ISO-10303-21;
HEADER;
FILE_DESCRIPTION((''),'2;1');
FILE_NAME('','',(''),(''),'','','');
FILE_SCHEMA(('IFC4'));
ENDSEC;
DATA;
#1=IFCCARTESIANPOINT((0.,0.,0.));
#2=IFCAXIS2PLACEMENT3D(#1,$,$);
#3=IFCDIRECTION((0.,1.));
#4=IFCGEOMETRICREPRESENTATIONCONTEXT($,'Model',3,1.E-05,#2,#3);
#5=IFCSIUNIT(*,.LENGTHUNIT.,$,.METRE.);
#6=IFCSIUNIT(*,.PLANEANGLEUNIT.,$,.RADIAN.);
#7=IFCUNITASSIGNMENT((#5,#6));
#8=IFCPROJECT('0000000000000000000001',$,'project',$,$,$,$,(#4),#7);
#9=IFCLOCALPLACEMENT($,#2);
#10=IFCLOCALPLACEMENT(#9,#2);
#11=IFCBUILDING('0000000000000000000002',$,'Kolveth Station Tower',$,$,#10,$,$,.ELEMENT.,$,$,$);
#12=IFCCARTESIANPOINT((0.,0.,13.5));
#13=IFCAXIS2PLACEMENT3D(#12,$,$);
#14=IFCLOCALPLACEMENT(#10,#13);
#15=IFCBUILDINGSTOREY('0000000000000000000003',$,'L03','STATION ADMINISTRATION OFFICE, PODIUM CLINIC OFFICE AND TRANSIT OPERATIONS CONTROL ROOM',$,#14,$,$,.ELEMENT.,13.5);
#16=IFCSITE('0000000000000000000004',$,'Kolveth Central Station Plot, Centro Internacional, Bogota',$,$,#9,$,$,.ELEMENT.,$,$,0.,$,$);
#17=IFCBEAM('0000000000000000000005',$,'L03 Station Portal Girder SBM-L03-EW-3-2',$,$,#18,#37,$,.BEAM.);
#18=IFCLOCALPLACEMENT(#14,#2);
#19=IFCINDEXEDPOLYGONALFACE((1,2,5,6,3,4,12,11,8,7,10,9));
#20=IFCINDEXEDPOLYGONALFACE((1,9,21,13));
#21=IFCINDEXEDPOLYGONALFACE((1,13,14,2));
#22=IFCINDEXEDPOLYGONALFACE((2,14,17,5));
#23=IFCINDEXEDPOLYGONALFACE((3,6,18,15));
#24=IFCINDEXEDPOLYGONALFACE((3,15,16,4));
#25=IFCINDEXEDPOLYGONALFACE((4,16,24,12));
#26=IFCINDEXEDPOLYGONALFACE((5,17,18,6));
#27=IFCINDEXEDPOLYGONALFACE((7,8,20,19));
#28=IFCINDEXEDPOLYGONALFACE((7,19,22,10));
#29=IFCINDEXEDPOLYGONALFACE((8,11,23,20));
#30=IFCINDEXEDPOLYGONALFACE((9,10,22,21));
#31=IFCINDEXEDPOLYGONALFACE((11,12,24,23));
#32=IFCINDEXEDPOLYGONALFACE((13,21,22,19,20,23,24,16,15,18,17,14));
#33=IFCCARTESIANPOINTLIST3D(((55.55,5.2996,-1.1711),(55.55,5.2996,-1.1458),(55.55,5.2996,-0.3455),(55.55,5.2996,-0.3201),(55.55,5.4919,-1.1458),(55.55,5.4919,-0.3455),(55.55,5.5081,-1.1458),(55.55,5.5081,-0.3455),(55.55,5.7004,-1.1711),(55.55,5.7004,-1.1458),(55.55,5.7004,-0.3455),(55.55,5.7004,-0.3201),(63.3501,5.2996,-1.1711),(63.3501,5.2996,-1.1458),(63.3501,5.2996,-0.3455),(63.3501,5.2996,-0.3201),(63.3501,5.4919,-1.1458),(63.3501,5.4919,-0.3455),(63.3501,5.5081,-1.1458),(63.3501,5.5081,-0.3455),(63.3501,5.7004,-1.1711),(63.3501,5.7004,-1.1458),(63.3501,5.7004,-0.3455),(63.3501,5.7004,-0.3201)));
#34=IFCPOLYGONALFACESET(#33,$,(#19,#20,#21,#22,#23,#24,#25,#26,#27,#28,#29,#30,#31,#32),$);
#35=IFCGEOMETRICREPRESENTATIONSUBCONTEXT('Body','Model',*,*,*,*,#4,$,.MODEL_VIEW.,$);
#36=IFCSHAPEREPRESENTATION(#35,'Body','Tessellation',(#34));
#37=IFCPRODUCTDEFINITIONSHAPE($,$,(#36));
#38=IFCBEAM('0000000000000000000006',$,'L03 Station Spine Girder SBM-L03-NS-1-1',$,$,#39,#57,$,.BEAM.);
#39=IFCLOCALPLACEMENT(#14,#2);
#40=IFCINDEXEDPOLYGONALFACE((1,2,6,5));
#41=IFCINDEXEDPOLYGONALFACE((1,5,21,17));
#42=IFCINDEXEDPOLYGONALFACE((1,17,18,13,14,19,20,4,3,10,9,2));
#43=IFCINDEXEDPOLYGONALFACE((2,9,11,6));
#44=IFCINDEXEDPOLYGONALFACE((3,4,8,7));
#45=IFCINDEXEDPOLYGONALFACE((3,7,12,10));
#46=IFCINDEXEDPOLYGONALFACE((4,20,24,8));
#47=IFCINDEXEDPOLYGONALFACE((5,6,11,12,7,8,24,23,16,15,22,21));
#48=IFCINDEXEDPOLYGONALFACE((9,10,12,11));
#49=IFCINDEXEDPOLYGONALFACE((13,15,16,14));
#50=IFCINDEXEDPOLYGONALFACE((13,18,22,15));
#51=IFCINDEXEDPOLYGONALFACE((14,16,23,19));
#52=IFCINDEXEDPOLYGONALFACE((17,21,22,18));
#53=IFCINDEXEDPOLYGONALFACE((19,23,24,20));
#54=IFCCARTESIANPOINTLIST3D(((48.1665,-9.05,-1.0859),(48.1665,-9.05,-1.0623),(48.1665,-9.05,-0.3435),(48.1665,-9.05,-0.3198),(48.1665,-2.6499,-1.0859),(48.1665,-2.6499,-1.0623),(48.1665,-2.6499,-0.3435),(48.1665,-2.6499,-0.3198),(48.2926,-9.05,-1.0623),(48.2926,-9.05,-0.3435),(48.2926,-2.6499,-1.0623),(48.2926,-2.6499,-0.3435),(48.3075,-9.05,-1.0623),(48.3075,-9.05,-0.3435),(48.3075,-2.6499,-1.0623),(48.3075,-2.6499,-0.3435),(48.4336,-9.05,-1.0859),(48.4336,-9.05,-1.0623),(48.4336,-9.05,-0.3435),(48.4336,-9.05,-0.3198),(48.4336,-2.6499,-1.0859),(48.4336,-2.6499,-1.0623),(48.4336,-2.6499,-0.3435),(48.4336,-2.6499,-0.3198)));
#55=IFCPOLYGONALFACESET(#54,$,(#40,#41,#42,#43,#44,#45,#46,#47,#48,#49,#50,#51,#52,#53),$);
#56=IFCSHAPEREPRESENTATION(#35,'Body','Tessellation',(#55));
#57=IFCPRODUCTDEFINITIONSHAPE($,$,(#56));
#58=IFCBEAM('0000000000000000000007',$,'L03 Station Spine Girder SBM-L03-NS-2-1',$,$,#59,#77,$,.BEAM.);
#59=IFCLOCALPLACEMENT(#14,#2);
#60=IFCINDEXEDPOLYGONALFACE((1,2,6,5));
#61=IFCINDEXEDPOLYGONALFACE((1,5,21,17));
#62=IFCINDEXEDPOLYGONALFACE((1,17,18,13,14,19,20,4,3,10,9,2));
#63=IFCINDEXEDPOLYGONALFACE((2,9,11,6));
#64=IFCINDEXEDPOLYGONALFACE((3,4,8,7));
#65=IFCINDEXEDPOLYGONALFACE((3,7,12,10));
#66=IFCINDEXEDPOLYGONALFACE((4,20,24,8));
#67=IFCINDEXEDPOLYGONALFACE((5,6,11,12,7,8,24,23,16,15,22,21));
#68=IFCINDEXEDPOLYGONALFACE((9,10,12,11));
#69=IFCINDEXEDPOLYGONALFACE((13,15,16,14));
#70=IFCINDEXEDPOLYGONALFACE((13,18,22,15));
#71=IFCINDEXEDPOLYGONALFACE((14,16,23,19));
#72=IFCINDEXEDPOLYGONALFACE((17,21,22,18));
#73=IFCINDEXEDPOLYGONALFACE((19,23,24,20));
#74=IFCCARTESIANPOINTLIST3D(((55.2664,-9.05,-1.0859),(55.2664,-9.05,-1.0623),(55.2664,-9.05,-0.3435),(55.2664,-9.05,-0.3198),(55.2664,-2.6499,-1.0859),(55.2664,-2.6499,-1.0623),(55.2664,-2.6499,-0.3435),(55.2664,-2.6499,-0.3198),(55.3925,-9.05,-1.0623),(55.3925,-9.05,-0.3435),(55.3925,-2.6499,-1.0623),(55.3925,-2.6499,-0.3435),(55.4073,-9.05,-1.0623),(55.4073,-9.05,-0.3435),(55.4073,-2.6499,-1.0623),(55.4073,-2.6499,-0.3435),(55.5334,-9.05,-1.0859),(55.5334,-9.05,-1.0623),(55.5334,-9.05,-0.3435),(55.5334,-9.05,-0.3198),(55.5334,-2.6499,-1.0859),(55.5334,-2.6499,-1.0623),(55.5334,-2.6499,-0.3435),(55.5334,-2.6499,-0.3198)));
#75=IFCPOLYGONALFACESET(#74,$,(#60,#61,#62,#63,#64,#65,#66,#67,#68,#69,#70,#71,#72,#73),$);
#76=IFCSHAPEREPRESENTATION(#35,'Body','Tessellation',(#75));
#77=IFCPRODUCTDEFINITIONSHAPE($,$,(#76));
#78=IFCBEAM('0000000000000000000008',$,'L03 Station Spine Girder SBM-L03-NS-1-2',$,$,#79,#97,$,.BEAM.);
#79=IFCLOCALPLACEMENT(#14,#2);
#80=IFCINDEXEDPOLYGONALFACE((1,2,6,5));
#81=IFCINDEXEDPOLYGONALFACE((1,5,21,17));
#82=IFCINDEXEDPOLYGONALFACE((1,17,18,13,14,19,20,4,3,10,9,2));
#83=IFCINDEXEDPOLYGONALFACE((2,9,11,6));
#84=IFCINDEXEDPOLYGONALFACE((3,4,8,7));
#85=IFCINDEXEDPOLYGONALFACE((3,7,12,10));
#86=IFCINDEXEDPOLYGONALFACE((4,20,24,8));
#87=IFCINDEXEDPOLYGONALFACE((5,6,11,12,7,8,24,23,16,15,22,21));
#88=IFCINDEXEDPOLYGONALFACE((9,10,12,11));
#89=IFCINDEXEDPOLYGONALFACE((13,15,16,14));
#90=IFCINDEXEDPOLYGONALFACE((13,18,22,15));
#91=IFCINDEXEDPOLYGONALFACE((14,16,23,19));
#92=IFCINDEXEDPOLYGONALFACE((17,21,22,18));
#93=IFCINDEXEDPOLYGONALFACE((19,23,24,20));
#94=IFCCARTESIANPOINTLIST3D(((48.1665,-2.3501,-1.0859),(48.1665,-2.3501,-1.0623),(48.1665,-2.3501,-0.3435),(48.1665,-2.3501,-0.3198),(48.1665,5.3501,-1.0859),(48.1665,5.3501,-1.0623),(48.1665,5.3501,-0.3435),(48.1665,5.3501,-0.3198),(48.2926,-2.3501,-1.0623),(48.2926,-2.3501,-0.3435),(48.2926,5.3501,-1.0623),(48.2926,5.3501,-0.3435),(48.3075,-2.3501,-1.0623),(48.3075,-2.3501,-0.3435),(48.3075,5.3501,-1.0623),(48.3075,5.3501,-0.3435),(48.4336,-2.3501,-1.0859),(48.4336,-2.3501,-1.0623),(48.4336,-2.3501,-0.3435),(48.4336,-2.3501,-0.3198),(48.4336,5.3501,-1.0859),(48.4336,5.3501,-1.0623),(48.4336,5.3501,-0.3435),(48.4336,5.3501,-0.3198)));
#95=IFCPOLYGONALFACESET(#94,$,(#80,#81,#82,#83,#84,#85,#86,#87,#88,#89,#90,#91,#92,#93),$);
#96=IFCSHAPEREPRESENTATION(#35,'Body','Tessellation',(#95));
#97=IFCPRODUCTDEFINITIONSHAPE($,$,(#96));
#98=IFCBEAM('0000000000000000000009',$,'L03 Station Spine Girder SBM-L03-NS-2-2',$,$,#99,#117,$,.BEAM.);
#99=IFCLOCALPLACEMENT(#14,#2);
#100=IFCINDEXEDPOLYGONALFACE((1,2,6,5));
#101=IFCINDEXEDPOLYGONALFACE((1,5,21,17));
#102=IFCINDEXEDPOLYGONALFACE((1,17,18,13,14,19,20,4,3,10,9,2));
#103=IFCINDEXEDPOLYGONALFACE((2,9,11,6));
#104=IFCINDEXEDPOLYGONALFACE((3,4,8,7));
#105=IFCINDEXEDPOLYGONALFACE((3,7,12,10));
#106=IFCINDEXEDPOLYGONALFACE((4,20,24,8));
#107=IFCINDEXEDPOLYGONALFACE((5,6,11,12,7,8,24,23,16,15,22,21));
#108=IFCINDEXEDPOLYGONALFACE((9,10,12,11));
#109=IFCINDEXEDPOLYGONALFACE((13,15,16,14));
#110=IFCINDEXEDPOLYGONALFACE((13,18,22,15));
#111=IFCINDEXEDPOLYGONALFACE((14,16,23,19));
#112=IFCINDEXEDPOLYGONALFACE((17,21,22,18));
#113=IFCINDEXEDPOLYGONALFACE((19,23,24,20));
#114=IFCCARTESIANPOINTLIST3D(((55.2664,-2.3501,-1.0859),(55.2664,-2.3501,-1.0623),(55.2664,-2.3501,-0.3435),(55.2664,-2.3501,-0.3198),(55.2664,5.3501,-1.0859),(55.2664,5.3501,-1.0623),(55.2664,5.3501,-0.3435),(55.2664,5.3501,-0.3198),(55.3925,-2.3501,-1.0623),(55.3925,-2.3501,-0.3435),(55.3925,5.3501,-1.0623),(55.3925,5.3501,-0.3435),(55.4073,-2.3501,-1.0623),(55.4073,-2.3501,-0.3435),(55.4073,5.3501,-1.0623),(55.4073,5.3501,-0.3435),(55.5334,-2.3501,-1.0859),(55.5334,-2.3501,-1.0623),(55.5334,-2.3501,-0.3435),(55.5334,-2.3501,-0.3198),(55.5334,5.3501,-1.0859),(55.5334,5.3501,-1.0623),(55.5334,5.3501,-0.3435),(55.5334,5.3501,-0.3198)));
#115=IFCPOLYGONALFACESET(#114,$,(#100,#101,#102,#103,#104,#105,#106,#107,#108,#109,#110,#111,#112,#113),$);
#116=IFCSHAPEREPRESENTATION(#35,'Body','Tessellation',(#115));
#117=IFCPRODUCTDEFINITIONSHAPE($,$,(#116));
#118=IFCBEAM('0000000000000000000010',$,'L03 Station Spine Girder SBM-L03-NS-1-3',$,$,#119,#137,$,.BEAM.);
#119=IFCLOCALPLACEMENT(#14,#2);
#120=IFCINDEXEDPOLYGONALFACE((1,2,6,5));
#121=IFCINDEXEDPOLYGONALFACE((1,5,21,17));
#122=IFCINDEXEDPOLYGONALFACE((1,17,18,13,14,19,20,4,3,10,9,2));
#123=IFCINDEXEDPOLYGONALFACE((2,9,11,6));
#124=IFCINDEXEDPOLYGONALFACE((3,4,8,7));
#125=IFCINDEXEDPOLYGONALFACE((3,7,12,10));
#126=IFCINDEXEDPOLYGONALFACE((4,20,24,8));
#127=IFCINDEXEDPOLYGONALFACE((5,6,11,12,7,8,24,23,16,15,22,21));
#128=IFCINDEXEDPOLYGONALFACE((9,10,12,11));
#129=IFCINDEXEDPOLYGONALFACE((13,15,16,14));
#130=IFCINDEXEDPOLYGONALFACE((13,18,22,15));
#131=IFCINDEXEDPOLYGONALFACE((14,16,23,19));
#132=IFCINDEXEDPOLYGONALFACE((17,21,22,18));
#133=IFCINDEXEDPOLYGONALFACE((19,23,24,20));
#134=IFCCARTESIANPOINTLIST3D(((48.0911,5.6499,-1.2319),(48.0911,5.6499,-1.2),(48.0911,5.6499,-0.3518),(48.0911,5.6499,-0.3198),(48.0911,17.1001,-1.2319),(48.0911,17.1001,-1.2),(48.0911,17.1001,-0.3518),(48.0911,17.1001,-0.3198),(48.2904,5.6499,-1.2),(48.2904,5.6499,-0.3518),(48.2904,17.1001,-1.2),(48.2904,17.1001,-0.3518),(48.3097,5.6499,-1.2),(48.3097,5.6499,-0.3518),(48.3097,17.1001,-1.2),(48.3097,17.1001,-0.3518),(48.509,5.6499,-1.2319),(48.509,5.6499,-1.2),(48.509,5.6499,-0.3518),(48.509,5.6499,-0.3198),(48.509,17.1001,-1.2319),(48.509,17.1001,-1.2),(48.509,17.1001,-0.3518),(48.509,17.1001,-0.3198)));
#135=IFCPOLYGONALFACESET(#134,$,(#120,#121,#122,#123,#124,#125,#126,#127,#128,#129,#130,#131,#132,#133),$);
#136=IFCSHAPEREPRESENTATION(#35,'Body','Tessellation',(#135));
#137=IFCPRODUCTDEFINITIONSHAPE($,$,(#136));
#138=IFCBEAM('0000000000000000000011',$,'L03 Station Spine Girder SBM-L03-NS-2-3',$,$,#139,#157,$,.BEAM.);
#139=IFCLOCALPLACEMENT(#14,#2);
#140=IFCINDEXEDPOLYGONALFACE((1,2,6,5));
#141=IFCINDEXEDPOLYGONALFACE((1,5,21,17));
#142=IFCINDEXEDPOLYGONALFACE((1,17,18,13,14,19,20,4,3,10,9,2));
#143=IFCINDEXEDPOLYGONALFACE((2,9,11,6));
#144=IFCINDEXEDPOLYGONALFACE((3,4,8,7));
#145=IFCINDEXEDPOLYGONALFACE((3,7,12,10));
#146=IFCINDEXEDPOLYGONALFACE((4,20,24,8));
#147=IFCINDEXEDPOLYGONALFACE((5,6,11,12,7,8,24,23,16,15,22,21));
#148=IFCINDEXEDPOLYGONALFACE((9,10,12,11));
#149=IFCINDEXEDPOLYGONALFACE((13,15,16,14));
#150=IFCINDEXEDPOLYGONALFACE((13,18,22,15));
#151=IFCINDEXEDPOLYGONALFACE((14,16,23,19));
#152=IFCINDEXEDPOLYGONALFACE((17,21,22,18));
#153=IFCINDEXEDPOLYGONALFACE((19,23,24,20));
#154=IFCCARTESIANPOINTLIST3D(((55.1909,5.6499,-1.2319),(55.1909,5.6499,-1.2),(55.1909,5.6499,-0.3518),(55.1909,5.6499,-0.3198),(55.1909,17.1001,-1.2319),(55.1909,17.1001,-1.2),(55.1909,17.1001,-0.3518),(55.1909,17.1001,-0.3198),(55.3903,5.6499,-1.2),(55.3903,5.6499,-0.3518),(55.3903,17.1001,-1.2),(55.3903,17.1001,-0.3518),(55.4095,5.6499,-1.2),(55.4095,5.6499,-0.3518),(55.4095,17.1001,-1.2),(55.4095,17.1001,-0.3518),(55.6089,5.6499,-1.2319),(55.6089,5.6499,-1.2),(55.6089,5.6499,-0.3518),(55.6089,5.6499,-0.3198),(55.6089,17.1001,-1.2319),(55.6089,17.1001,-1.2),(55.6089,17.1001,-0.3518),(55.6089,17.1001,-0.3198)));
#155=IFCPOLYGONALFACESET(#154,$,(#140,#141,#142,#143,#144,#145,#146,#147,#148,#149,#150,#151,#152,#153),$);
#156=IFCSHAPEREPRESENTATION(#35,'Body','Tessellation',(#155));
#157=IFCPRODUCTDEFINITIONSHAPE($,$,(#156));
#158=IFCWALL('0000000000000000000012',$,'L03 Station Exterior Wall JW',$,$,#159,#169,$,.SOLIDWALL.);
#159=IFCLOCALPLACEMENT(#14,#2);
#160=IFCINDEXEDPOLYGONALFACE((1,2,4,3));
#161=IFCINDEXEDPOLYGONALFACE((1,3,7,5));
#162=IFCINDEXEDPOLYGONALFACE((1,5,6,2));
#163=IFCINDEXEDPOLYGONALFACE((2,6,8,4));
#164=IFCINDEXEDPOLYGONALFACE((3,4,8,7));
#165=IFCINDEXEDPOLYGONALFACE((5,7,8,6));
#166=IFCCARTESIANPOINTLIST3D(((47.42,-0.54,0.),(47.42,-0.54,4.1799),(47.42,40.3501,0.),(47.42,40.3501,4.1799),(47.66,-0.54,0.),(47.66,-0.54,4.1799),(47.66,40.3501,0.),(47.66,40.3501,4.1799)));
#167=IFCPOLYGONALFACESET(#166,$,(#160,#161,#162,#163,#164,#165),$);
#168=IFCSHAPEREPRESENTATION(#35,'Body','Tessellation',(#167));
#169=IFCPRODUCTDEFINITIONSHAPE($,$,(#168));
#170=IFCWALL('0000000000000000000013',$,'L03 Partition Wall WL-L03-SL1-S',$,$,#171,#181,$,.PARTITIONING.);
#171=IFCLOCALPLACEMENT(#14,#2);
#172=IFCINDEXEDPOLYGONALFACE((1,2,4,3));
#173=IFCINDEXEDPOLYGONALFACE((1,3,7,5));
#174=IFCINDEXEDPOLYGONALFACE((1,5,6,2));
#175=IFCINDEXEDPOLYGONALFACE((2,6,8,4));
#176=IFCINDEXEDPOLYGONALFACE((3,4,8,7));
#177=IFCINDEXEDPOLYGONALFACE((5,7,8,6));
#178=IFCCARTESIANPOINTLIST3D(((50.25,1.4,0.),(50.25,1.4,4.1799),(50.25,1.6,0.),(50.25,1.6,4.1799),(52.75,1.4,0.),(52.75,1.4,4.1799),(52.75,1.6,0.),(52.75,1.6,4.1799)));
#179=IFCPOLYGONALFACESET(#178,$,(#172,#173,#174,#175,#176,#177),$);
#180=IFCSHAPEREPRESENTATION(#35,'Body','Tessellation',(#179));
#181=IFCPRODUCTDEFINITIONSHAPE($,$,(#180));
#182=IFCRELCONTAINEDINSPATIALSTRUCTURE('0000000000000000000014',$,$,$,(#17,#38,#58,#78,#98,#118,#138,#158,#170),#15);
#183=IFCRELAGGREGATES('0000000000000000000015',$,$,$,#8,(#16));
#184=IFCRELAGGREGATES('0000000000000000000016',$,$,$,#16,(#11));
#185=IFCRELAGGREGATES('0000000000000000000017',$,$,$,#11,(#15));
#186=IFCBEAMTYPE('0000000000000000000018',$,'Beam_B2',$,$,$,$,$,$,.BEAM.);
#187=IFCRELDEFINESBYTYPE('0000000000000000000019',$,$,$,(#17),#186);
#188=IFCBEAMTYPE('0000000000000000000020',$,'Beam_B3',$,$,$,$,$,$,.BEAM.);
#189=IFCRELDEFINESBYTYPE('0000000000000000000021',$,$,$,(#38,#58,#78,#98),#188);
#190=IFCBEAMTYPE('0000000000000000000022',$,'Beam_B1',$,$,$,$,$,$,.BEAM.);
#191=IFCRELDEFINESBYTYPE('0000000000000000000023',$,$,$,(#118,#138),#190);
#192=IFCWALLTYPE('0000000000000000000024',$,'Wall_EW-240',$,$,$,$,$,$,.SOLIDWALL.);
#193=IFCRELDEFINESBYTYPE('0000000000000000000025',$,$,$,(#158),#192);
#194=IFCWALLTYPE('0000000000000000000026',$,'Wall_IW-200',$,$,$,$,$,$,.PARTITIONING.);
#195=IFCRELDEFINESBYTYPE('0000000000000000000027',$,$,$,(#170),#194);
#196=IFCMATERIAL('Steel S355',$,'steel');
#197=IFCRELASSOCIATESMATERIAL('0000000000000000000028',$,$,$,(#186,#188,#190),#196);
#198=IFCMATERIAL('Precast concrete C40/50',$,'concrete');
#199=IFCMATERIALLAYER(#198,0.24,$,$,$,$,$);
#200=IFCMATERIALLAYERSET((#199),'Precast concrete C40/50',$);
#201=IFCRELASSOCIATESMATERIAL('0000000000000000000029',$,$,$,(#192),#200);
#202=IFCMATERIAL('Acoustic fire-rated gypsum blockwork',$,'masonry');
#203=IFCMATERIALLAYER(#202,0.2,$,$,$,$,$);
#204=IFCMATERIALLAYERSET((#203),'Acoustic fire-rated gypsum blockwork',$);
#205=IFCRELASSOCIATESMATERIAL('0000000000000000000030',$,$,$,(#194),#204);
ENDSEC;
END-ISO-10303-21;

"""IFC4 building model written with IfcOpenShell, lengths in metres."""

from ifc_helpers import new_model, si_unit, direction, frame, frame_2d, origin, origin_2d, place, context, subcontext, project, spatial, rectangle, i_section, extrude, source, transform, mapped, material, layer, layer_set, material_profile, profile_set, type_object, element, save


model = new_model("IFC4")

# Units and contexts
model_context = context("Model", 3, precision=1e-05, world=origin(), true_north=direction((0.0, 1.0)))
body_context = subcontext(model_context, "Body", "Model", "MODEL_VIEW")
ifc_project = project(units=[si_unit("LENGTHUNIT", "METRE"), si_unit("PLANEANGLEUNIT", "RADIAN")], contexts=[model_context])

# Site, building, storey
site_placement = place(None, origin())
site = spatial("IfcSite", under=ifc_project, at=site_placement, Name="Kolveth Central Station Plot, Centro Internacional, Bogota", CompositionType="ELEMENT", RefElevation=0.0)
building_placement = place(site_placement, origin())
building = spatial("IfcBuilding", under=site, at=building_placement, Name="Kolveth Station Tower", CompositionType="ELEMENT")
storey_placement = place(building_placement, frame((0.0, 0.0, 13.5)))
storey = spatial("IfcBuildingStorey", under=building, at=storey_placement, Name="L03", Description="STATION ADMINISTRATION OFFICE, PODIUM CLINIC OFFICE AND TRANSIT OPERATIONS CONTROL ROOM", CompositionType="ELEMENT", Elevation=13.5)

# Shared definitions
ifc_material_1 = material(Name="Steel S355", Category="steel")

# Beams
ifc_material_profile_1 = material_profile(ifc_material_1, i_section(OverallWidth=0.4009, OverallDepth=0.8511, WebThickness=0.0161, FlangeThickness=0.0254, at=origin_2d()), Name="W840x226")
ifc_profile_set_1 = profile_set([ifc_material_profile_1], Name="Steel S355")
beam_type_1 = type_object("IfcBeamType", Name="Beam_B2", PredefinedType="BEAM", material=ifc_profile_set_1)
shared_shape_1 = source(origin(), body_context, "Body", "SweptSolid", [
    extrude(i_section(OverallWidth=0.4009, OverallDepth=0.8511, WebThickness=0.0161, FlangeThickness=0.0254, at=origin_2d()), origin(), (0.0, 0.0, 1.0), 7.8),
])
for number, where, z_axis, x_axis, name in (
    (1, (55.55, 5.5, -0.7456), (1.0, 0.0, 0.0), (0.0, 1.0, 0.0), "L03 Station Portal Girder SBM-L03-EW-3-2"),
):
    element("IfcBeam", number, at=place(storey_placement, frame(where, z_axis=z_axis, x_axis=x_axis)), inside=storey, type_object=beam_type_1, Name=name, PredefinedType="BEAM", context=body_context, shape_type="MappedRepresentation", body=[
        mapped(shared_shape_1, transform((0.0, 0.0, 0.0), x_axis=(1.0, 0.0, 0.0), y_axis=(0.0, 1.0, 0.0), z_axis=(0.0, 0.0, 1.0), scale=1.0)),
    ])
ifc_material_profile_2 = material_profile(ifc_material_1, i_section(OverallWidth=0.2671, OverallDepth=0.7661, WebThickness=0.0149, FlangeThickness=0.0237, at=origin_2d()), Name="W760x185")
ifc_profile_set_2 = profile_set([ifc_material_profile_2], Name="Steel S355")
beam_type_2 = type_object("IfcBeamType", Name="Beam_B3", PredefinedType="BEAM", material=ifc_profile_set_2)
shared_shape_2 = source(origin(), body_context, "Body", "SweptSolid", [
    extrude(i_section(OverallWidth=0.2671, OverallDepth=0.7661, WebThickness=0.0149, FlangeThickness=0.0237, at=origin_2d()), origin(), (0.0, 0.0, 1.0), 6.4001),
])
for number, where, z_axis, x_axis, name in (
    (2, (48.3, -9.05, -0.7029), (0.0, 1.0, 0.0), (-1.0, 0.0, 0.0), "L03 Station Spine Girder SBM-L03-NS-1-1"),
    (3, (55.3999, -9.05, -0.7029), (0.0, 1.0, 0.0), (-1.0, 0.0, 0.0), "L03 Station Spine Girder SBM-L03-NS-2-1"),
):
    element("IfcBeam", number, at=place(storey_placement, frame(where, z_axis=z_axis, x_axis=x_axis)), inside=storey, type_object=beam_type_2, Name=name, PredefinedType="BEAM", context=body_context, shape_type="MappedRepresentation", body=[
        mapped(shared_shape_2, transform((0.0, 0.0, 0.0), x_axis=(1.0, 0.0, 0.0), y_axis=(0.0, 1.0, 0.0), z_axis=(0.0, 0.0, 1.0), scale=1.0)),
    ])
shared_shape_3 = source(origin(), body_context, "Body", "SweptSolid", [
    extrude(i_section(OverallWidth=0.2671, OverallDepth=0.7661, WebThickness=0.0149, FlangeThickness=0.0237, at=origin_2d()), origin(), (0.0, 0.0, 1.0), 7.7002),
])
for number, where, z_axis, x_axis, name in (
    (4, (48.3, -2.3501, -0.7029), (0.0, 1.0, 0.0), (-1.0, 0.0, 0.0), "L03 Station Spine Girder SBM-L03-NS-1-2"),
    (5, (55.3999, -2.3501, -0.7029), (0.0, 1.0, 0.0), (-1.0, 0.0, 0.0), "L03 Station Spine Girder SBM-L03-NS-2-2"),
):
    element("IfcBeam", number, at=place(storey_placement, frame(where, z_axis=z_axis, x_axis=x_axis)), inside=storey, type_object=beam_type_2, Name=name, PredefinedType="BEAM", context=body_context, shape_type="MappedRepresentation", body=[
        mapped(shared_shape_3, transform((0.0, 0.0, 0.0), x_axis=(1.0, 0.0, 0.0), y_axis=(0.0, 1.0, 0.0), z_axis=(0.0, 0.0, 1.0), scale=1.0)),
    ])
ifc_material_profile_3 = material_profile(ifc_material_1, i_section(OverallWidth=0.418, OverallDepth=0.9121, WebThickness=0.0193, FlangeThickness=0.032, at=origin_2d()), Name="W920x342")
ifc_profile_set_3 = profile_set([ifc_material_profile_3], Name="Steel S355")
beam_type_3 = type_object("IfcBeamType", Name="Beam_B1", PredefinedType="BEAM", material=ifc_profile_set_3)
shared_shape_4 = source(origin(), body_context, "Body", "SweptSolid", [
    extrude(i_section(OverallWidth=0.418, OverallDepth=0.9121, WebThickness=0.0193, FlangeThickness=0.032, at=origin_2d()), origin(), (0.0, 0.0, 1.0), 11.4502),
])
for number, where, z_axis, x_axis, name in (
    (6, (48.3, 5.6499, -0.7759), (0.0, 1.0, 0.0), (-1.0, 0.0, 0.0), "L03 Station Spine Girder SBM-L03-NS-1-3"),
    (7, (55.3999, 5.6499, -0.7759), (0.0, 1.0, 0.0), (-1.0, 0.0, 0.0), "L03 Station Spine Girder SBM-L03-NS-2-3"),
):
    element("IfcBeam", number, at=place(storey_placement, frame(where, z_axis=z_axis, x_axis=x_axis)), inside=storey, type_object=beam_type_3, Name=name, PredefinedType="BEAM", context=body_context, shape_type="MappedRepresentation", body=[
        mapped(shared_shape_4, transform((0.0, 0.0, 0.0), x_axis=(1.0, 0.0, 0.0), y_axis=(0.0, 1.0, 0.0), z_axis=(0.0, 0.0, 1.0), scale=1.0)),
    ])

# Walls
ifc_material_2 = material(Name="Precast concrete C40/50", Category="concrete")
ifc_layer_1 = layer(ifc_material_2, 0.24)
ifc_layer_set_1 = layer_set([ifc_layer_1], Name="Precast concrete C40/50")
wall_type_1 = type_object("IfcWallType", Name="Wall_EW-240", PredefinedType="SOLIDWALL", material=ifc_layer_set_1)
wall_1_placement = place(storey_placement, frame((47.54, -0.54, 0.0), z_axis=(0.0, 0.0, 1.0), x_axis=(0.0, 1.0, 0.0)))
element("IfcWall", 8, at=wall_1_placement, inside=storey, type_object=wall_type_1, Name="L03 Station Exterior Wall JW", PredefinedType="SOLIDWALL", context=body_context, shape_type="SweptSolid", body=[
    extrude(rectangle(XDim=40.8901, YDim=0.24, at=frame_2d((20.4451, 0.0))), origin(), (0.0, 0.0, 1.0), 4.1799),
])
ifc_material_3 = material(Name="Acoustic fire-rated gypsum blockwork", Category="masonry")
ifc_layer_2 = layer(ifc_material_3, 0.2)
ifc_layer_set_2 = layer_set([ifc_layer_2], Name="Acoustic fire-rated gypsum blockwork")
wall_type_2 = type_object("IfcWallType", Name="Wall_IW-200", PredefinedType="PARTITIONING", material=ifc_layer_set_2)
for number, where, z_axis, x_axis, name in (
    (9, (50.25, 1.5, 0.0), (0.0, 0.0, 1.0), (1.0, 0.0, 0.0), "L03 Partition Wall WL-L03-SL1-S"),
):
    element("IfcWall", number, at=place(storey_placement, frame(where, z_axis=z_axis, x_axis=x_axis)), inside=storey, type_object=wall_type_2, Name=name, PredefinedType="PARTITIONING", context=body_context, shape_type="SweptSolid", body=[
        extrude(rectangle(XDim=2.5, YDim=0.2, at=frame_2d((1.25, 0.0))), origin(), (0.0, 0.0, 1.0), 4.1799),
    ])

save(model, "model.ifc")
